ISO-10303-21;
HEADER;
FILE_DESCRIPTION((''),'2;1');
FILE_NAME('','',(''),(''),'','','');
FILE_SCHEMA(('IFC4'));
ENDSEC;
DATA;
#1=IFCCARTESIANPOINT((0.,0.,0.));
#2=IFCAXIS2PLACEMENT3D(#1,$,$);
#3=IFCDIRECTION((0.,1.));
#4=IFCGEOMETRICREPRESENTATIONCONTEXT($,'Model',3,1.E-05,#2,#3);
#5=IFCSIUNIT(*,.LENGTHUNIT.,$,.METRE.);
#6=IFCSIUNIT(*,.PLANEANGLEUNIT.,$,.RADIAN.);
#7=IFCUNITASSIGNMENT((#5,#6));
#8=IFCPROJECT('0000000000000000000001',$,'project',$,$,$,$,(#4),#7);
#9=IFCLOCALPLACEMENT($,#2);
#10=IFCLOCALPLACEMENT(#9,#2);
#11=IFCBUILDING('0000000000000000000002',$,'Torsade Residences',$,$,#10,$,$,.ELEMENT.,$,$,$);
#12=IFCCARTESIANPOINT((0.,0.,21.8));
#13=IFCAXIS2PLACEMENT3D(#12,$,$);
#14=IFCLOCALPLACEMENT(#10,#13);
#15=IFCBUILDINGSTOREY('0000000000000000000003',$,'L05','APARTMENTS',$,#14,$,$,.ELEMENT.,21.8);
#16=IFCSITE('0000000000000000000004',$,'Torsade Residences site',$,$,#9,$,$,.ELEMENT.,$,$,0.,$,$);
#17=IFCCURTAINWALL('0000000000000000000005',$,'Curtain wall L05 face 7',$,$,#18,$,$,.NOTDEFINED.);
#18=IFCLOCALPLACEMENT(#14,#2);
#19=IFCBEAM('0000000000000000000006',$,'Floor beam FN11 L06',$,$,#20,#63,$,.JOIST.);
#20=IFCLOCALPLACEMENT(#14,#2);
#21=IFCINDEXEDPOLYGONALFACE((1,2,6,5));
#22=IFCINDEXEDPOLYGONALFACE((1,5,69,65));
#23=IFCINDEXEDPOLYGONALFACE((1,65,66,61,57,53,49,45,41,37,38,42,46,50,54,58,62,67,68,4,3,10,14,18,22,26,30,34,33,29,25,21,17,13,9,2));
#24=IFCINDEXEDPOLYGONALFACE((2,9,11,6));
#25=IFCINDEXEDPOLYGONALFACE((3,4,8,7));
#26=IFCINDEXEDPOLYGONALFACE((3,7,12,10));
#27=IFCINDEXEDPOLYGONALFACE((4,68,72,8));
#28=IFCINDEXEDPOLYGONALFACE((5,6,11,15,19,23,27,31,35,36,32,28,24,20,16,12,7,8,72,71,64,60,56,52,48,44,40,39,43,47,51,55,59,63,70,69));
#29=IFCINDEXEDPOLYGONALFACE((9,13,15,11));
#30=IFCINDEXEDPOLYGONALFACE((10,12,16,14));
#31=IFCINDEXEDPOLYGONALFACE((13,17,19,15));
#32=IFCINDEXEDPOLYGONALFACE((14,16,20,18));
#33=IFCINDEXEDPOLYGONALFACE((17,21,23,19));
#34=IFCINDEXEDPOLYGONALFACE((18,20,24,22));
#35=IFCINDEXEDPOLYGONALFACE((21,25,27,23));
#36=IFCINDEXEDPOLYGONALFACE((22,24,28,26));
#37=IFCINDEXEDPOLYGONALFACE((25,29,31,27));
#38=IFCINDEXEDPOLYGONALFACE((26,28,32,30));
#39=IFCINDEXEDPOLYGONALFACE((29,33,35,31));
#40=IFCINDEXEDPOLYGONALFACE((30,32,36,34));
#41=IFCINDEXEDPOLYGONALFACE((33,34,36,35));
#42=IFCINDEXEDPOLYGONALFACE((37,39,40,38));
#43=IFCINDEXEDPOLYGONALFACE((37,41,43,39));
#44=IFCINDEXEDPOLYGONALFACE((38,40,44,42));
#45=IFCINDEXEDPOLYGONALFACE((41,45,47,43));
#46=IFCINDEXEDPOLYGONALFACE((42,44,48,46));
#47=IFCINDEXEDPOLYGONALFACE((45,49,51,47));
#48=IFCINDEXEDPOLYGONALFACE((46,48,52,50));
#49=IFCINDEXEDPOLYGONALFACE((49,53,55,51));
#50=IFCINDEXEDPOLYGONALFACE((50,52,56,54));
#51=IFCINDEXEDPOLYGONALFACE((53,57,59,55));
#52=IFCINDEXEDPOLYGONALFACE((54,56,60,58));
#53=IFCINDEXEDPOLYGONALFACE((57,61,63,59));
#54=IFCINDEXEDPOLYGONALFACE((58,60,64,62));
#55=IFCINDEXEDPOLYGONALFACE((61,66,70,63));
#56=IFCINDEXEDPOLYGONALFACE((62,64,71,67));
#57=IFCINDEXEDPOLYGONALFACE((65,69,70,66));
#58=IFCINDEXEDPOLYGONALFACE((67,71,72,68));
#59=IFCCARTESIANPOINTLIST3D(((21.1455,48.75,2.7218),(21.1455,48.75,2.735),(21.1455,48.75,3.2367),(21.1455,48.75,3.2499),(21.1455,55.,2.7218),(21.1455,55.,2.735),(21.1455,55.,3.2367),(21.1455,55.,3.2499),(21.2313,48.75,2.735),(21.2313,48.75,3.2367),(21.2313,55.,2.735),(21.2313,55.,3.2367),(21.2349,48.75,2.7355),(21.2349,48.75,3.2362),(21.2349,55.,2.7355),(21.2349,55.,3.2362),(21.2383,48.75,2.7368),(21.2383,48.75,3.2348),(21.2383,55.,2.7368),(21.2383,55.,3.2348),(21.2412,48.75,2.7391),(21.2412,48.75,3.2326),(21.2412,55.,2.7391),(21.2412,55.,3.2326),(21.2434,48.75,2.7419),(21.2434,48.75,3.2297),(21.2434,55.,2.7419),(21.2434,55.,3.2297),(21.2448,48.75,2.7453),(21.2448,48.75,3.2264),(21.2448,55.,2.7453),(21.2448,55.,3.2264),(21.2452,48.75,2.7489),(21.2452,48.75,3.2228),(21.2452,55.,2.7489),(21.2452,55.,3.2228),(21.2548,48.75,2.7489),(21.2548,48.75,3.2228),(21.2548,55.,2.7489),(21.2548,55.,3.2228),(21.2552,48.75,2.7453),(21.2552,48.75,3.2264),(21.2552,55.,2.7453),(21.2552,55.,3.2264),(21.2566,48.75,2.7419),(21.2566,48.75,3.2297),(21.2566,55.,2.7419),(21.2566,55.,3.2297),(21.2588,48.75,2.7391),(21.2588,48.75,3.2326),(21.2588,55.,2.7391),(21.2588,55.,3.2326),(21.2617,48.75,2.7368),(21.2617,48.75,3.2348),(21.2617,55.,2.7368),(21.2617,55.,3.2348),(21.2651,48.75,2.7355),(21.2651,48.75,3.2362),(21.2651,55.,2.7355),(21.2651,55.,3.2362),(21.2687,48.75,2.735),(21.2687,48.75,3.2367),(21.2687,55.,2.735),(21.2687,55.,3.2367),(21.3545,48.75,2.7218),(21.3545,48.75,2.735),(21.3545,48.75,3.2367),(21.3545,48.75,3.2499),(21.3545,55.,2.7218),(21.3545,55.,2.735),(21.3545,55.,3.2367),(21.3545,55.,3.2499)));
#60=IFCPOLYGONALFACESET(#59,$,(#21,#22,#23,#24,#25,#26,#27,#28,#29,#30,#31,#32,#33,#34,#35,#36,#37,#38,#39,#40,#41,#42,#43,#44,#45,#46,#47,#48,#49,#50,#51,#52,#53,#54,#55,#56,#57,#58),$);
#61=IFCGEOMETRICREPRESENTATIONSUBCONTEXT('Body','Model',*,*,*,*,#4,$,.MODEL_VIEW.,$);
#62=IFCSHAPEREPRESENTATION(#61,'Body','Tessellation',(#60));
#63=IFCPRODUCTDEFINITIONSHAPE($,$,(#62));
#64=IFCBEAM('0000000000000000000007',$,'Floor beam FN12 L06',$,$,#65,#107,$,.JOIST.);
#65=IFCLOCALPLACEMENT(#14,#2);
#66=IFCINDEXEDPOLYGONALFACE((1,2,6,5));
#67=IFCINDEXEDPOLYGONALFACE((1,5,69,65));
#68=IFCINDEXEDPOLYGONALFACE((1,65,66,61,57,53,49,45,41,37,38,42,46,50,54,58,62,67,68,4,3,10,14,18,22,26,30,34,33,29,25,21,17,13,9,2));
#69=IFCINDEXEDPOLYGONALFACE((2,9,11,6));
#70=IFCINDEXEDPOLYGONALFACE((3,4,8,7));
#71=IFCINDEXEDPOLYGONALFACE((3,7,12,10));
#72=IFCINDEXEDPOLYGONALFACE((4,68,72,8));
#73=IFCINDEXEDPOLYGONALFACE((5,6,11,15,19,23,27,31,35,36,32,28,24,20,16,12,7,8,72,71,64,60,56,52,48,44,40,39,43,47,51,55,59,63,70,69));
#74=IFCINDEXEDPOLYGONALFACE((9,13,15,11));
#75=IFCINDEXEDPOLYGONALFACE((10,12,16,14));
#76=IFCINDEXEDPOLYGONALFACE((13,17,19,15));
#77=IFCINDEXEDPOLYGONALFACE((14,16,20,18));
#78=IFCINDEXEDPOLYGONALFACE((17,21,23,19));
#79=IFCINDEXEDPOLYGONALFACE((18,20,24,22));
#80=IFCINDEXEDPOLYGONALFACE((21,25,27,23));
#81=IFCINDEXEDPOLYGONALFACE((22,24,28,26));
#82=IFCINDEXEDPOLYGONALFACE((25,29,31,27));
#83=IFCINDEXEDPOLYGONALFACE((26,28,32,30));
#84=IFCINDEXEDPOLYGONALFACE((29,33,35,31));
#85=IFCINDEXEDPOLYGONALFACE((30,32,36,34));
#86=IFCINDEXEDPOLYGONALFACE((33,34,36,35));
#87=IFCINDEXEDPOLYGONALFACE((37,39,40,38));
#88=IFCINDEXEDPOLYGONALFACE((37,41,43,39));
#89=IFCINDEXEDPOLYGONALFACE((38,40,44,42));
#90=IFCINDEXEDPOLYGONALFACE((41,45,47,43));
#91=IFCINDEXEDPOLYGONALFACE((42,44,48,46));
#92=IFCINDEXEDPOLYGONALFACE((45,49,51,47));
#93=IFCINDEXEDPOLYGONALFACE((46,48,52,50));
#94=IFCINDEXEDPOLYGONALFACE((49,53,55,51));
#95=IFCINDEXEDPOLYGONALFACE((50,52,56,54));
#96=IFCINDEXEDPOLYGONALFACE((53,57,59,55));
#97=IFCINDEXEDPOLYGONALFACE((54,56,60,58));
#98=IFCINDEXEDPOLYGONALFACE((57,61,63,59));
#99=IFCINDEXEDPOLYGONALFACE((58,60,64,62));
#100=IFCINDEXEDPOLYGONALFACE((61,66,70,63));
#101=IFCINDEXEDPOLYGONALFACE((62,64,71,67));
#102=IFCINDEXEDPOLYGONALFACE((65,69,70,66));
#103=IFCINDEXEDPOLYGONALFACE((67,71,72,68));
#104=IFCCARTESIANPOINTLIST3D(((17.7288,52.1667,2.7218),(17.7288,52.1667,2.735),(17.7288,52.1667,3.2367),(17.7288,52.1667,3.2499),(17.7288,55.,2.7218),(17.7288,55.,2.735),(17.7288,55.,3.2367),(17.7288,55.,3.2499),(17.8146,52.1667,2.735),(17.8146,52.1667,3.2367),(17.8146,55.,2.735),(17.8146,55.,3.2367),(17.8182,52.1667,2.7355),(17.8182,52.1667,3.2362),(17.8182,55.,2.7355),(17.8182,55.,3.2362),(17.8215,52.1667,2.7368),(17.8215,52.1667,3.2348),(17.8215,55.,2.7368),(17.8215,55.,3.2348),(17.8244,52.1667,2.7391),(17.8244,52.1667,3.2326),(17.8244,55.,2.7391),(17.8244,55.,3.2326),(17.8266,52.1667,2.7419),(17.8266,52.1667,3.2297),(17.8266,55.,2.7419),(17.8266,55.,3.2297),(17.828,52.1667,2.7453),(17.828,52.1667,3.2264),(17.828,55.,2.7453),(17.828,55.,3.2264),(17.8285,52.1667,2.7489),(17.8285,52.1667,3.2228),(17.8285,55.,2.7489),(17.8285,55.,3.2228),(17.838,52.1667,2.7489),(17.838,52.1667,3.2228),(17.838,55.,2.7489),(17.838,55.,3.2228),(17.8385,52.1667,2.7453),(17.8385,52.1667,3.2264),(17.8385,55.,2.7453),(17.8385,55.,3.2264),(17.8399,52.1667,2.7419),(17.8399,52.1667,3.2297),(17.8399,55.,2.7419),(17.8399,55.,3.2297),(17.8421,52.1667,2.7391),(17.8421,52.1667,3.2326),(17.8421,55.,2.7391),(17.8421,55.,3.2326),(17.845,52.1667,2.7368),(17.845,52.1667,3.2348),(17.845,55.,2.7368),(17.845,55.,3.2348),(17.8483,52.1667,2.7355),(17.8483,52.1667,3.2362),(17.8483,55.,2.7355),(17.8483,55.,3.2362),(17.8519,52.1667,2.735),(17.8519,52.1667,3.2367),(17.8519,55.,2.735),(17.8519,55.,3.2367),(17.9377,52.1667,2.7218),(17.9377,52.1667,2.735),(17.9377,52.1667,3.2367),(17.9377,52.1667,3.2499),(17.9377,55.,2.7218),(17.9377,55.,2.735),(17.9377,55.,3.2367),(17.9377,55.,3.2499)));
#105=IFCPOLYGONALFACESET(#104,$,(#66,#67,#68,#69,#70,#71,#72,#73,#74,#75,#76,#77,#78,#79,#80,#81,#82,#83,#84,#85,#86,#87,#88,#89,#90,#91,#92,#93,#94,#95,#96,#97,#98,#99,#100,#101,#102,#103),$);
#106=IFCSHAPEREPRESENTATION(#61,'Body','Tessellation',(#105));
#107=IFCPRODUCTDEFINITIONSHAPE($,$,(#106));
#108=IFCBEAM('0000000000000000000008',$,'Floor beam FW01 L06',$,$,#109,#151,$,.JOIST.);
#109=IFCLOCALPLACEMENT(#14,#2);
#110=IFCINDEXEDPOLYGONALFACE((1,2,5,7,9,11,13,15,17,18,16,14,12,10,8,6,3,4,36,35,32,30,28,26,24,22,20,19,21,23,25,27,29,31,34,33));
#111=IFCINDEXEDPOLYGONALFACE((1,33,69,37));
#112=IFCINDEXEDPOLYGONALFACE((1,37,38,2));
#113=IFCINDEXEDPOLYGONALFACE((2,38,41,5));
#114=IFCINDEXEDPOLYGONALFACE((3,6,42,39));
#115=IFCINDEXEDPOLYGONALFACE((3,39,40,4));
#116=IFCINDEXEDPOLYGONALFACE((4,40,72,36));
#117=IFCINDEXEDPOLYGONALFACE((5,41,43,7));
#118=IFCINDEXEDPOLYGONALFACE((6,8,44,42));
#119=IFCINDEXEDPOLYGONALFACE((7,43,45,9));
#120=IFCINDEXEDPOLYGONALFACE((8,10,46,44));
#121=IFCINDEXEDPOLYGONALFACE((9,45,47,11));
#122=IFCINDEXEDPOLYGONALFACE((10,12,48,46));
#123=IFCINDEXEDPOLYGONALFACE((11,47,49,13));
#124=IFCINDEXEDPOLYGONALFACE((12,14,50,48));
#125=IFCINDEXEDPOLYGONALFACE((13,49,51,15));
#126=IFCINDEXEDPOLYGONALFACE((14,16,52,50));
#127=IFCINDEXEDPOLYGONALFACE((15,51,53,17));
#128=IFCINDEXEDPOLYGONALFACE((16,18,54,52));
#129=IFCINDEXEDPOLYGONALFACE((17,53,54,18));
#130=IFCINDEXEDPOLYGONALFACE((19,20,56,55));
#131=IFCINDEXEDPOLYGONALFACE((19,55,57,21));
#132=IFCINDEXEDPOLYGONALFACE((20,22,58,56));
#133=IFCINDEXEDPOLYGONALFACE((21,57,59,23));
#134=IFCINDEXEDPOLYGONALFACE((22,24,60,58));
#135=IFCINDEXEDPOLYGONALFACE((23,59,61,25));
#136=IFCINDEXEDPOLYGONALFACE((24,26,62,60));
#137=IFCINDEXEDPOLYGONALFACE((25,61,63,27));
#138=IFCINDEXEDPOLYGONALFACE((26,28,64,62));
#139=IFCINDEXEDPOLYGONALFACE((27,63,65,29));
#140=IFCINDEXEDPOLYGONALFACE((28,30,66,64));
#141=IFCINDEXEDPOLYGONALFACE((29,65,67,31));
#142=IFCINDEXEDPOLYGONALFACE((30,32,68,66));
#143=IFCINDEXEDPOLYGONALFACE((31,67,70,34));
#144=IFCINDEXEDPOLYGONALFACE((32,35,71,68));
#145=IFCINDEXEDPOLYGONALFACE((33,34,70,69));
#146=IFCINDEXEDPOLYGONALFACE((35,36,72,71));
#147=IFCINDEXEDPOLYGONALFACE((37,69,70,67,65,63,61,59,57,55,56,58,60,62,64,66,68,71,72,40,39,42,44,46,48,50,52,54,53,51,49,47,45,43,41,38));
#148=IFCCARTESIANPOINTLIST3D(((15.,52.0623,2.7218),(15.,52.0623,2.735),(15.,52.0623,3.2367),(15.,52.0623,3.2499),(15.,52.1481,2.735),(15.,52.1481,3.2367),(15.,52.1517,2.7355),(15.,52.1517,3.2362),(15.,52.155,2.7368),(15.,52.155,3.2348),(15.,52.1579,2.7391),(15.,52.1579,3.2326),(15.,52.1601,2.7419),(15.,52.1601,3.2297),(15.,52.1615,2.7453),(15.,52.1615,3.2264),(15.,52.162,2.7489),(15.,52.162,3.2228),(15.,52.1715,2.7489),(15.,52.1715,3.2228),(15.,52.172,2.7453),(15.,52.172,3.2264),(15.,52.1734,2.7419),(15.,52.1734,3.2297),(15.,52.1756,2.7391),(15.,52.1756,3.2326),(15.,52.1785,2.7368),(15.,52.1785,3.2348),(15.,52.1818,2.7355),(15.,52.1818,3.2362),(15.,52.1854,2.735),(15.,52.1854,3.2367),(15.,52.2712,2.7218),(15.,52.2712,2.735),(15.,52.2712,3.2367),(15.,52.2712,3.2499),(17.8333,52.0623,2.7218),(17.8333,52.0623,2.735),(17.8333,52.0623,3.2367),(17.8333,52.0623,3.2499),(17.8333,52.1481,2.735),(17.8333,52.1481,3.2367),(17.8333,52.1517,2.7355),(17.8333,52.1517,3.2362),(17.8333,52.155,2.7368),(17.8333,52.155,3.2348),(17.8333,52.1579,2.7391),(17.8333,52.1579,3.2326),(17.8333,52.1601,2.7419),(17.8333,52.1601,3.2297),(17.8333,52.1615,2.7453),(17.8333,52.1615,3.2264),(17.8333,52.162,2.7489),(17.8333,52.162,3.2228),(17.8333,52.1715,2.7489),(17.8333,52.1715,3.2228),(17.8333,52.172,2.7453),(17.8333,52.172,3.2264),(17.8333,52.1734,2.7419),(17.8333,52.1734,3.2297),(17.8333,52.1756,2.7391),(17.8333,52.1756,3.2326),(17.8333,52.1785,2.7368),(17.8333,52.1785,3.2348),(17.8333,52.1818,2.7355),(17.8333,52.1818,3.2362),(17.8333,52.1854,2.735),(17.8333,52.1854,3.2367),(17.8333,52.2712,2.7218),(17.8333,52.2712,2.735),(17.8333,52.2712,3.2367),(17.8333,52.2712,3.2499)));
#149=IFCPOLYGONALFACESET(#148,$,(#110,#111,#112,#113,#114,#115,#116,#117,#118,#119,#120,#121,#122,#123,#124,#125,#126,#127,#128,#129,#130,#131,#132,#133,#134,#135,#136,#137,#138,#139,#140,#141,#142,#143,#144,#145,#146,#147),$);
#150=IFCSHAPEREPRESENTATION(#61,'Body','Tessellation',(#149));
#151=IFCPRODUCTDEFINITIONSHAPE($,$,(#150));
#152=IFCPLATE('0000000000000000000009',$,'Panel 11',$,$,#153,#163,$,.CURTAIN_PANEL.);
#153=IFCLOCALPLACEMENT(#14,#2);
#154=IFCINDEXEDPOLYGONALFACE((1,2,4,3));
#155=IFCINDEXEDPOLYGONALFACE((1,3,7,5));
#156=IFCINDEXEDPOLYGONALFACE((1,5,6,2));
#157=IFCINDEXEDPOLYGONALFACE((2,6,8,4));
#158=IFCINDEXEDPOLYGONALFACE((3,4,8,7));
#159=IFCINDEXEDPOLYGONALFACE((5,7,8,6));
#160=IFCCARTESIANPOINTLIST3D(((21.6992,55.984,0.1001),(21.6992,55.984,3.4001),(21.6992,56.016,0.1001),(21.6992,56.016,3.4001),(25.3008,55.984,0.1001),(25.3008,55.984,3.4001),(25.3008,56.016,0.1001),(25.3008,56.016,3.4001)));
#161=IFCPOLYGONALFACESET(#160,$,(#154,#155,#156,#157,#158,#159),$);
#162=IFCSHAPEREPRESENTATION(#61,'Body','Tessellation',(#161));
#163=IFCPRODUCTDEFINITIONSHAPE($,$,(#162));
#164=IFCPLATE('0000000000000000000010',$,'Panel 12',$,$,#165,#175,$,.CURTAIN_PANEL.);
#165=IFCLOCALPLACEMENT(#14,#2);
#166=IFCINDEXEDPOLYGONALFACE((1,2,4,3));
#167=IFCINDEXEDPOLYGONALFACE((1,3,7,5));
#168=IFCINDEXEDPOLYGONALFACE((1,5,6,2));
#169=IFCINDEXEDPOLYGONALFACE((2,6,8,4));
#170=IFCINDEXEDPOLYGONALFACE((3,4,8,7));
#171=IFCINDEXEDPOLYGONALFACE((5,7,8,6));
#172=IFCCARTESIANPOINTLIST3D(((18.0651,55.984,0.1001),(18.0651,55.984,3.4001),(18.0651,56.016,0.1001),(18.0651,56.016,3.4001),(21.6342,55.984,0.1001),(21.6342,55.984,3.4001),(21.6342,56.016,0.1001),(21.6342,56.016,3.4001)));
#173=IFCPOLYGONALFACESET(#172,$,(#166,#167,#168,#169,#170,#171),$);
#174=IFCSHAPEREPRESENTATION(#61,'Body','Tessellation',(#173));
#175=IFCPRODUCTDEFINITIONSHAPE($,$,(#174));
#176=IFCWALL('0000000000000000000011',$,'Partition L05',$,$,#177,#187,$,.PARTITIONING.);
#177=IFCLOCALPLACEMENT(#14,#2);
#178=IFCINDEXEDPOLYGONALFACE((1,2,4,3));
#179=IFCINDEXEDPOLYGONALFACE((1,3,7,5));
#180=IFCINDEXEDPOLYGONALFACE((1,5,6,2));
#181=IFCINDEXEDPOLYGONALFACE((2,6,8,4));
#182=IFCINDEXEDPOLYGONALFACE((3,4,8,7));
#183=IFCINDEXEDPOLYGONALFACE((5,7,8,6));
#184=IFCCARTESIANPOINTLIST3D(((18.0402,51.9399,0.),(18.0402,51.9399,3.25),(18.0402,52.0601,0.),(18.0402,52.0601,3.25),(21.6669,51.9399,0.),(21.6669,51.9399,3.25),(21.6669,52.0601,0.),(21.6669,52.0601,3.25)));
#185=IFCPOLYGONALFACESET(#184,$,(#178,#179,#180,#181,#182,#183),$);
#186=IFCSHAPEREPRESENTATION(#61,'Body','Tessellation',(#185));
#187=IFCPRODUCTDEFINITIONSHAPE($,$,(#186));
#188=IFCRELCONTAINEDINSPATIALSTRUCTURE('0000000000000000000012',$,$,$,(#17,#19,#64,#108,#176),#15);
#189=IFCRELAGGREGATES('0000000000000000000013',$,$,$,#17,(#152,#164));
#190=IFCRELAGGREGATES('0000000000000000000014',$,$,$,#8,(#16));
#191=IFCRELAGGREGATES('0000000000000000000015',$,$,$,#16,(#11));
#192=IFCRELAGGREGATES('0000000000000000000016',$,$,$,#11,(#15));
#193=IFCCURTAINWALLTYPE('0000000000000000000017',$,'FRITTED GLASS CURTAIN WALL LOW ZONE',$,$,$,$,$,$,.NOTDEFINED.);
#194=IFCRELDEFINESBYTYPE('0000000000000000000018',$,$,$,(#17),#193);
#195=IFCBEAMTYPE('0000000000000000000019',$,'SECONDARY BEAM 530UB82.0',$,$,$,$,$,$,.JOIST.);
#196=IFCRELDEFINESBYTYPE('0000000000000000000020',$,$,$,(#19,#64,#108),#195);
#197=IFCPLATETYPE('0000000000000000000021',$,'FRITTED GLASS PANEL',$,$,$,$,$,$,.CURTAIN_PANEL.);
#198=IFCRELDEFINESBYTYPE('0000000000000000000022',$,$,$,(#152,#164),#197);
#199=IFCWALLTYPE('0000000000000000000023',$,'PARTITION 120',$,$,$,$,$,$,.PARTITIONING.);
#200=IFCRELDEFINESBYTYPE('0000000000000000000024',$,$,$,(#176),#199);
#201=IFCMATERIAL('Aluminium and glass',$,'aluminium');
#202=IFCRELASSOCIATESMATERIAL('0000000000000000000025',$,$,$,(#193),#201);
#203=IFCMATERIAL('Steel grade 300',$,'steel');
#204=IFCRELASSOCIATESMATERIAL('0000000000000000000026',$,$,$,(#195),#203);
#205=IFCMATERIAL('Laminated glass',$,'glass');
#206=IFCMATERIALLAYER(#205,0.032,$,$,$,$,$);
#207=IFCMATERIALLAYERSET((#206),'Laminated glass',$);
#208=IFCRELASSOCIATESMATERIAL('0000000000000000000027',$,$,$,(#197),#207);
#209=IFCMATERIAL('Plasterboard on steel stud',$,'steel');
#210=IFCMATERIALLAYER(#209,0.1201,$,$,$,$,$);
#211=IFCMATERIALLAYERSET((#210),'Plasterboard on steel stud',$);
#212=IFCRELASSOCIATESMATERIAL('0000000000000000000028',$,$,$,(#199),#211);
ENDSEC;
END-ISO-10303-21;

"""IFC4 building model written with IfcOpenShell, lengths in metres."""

from ifc_helpers import new_model, si_unit, direction, frame, frame_2d, origin, origin_2d, place, context, subcontext, project, spatial, rectangle, i_section, extrude, material, layer, layer_set, material_profile, profile_set, type_object, element, aggregate, save


model = new_model("IFC4")

# Units and contexts
model_context = context("Model", 3, precision=1e-05, world=origin(), true_north=direction((0.0, 1.0)))
body_context = subcontext(model_context, "Body", "Model", "MODEL_VIEW")
ifc_project = project(units=[si_unit("LENGTHUNIT", "METRE"), si_unit("PLANEANGLEUNIT", "RADIAN")], contexts=[model_context])

# Site, building, storey
site_placement = place(None, origin())
site = spatial("IfcSite", under=ifc_project, at=site_placement, Name="Torsade Residences site", CompositionType="ELEMENT", RefElevation=0.0)
building_placement = place(site_placement, origin())
building = spatial("IfcBuilding", under=site, at=building_placement, Name="Torsade Residences", CompositionType="ELEMENT")
storey_placement = place(building_placement, frame((0.0, 0.0, 21.8)))
storey = spatial("IfcBuildingStorey", under=building, at=storey_placement, Name="L05", Description="APARTMENTS", CompositionType="ELEMENT", Elevation=21.8)

# Curtain wall
ifc_material_1 = material(Name="Aluminium and glass", Category="aluminium")
curtain_wall_type = type_object("IfcCurtainWallType", Name="FRITTED GLASS CURTAIN WALL LOW ZONE", PredefinedType="NOTDEFINED", material=ifc_material_1)
curtain_wall_placement = place(storey_placement, origin())
curtain_wall = element("IfcCurtainWall", 1, at=curtain_wall_placement, inside=storey, type_object=curtain_wall_type, Name="Curtain wall L05 face 7", PredefinedType="NOTDEFINED")

# Beams
ifc_material_2 = material(Name="Steel grade 300", Category="steel")
ifc_material_profile_1 = material_profile(ifc_material_2, i_section(OverallWidth=0.209, OverallDepth=0.5281, WebThickness=0.0095, FlangeThickness=0.0132, FilletRadius=0.0139, at=origin_2d()), Name="530UB82.0")
ifc_profile_set_1 = profile_set([ifc_material_profile_1], Name="Steel grade 300")
beam_type_1 = type_object("IfcBeamType", Name="SECONDARY BEAM 530UB82.0", PredefinedType="JOIST", material=ifc_profile_set_1)
beam_1_placement = place(storey_placement, frame((21.25, 55.0, 2.9858), z_axis=(0.0, -1.0, 0.0), x_axis=(1.0, 0.0, 0.0)))
element("IfcBeam", 2, at=beam_1_placement, inside=storey, type_object=beam_type_1, Name="Floor beam FN11 L06", PredefinedType="JOIST", context=body_context, shape_type="SweptSolid", body=[
    extrude(i_section(OverallWidth=0.209, OverallDepth=0.5281, WebThickness=0.0095, FlangeThickness=0.0132, FilletRadius=0.0139, at=origin_2d()), origin(), (0.0, 0.0, 1.0), 6.25),
])
for number, where, z_axis, x_axis, name in (
    (3, (17.8333, 55.0, 2.9858), (0.0, -1.0, 0.0), (1.0, 0.0, 0.0), "Floor beam FN12 L06"),
    (4, (15.0, 52.1667, 2.9858), (1.0, 0.0, 0.0), (0.0, 1.0, 0.0), "Floor beam FW01 L06"),
):
    element("IfcBeam", number, at=place(storey_placement, frame(where, z_axis=z_axis, x_axis=x_axis)), inside=storey, type_object=beam_type_1, Name=name, PredefinedType="JOIST", context=body_context, shape_type="SweptSolid", body=[
        extrude(i_section(OverallWidth=0.209, OverallDepth=0.5281, WebThickness=0.0095, FlangeThickness=0.0132, FilletRadius=0.0139, at=origin_2d()), origin(), (0.0, 0.0, 1.0), 2.8333),
    ])

# Plates
ifc_material_3 = material(Name="Laminated glass", Category="glass")
ifc_layer_1 = layer(ifc_material_3, 0.032)
ifc_layer_set_1 = layer_set([ifc_layer_1], Name="Laminated glass")
plate_type = type_object("IfcPlateType", Name="FRITTED GLASS PANEL", PredefinedType="CURTAIN_PANEL", material=ifc_layer_set_1)
plate_1_placement = place(storey_placement, frame((23.5, 56.0, 0.1001), z_axis=(0.0, 0.0, 1.0), x_axis=(-1.0, 0.0, 0.0)))
plate_1 = element("IfcPlate", 5, at=plate_1_placement, type_object=plate_type, Name="Panel 11", PredefinedType="CURTAIN_PANEL", context=body_context, shape_type="SweptSolid", body=[
    extrude(rectangle(XDim=3.6016, YDim=0.032, at=origin_2d()), origin(), (0.0, 0.0, 1.0), 3.3),
])
plate_2_placement = place(storey_placement, frame((19.8496, 56.0, 0.1001), z_axis=(0.0, 0.0, 1.0), x_axis=(-1.0, 0.0, 0.0)))
plate_2 = element("IfcPlate", 6, at=plate_2_placement, type_object=plate_type, Name="Panel 12", PredefinedType="CURTAIN_PANEL", context=body_context, shape_type="SweptSolid", body=[
    extrude(rectangle(XDim=3.5691, YDim=0.032, at=origin_2d()), origin(), (0.0, 0.0, 1.0), 3.3),
])
aggregate(curtain_wall, [plate_1, plate_2])

# Wall
ifc_material_4 = material(Name="Plasterboard on steel stud", Category="steel")
ifc_layer_2 = layer(ifc_material_4, 0.1201)
ifc_layer_set_2 = layer_set([ifc_layer_2], Name="Plasterboard on steel stud")
wall_type_1 = type_object("IfcWallType", Name="PARTITION 120", PredefinedType="PARTITIONING", material=ifc_layer_set_2)
wall_1_placement = place(storey_placement, frame((18.04, 52.0, 0.0), z_axis=(0.0, 0.0, 1.0), x_axis=(1.0, 0.0, 0.0)))
element("IfcWall", 7, at=wall_1_placement, inside=storey, type_object=wall_type_1, Name="Partition L05", PredefinedType="PARTITIONING", context=body_context, shape_type="SweptSolid", body=[
    extrude(rectangle(XDim=3.6267, YDim=0.1201, at=frame_2d((1.8135, 0.0))), origin(), (0.0, 0.0, 1.0), 3.25),
])

save(model, "model.ifc")
